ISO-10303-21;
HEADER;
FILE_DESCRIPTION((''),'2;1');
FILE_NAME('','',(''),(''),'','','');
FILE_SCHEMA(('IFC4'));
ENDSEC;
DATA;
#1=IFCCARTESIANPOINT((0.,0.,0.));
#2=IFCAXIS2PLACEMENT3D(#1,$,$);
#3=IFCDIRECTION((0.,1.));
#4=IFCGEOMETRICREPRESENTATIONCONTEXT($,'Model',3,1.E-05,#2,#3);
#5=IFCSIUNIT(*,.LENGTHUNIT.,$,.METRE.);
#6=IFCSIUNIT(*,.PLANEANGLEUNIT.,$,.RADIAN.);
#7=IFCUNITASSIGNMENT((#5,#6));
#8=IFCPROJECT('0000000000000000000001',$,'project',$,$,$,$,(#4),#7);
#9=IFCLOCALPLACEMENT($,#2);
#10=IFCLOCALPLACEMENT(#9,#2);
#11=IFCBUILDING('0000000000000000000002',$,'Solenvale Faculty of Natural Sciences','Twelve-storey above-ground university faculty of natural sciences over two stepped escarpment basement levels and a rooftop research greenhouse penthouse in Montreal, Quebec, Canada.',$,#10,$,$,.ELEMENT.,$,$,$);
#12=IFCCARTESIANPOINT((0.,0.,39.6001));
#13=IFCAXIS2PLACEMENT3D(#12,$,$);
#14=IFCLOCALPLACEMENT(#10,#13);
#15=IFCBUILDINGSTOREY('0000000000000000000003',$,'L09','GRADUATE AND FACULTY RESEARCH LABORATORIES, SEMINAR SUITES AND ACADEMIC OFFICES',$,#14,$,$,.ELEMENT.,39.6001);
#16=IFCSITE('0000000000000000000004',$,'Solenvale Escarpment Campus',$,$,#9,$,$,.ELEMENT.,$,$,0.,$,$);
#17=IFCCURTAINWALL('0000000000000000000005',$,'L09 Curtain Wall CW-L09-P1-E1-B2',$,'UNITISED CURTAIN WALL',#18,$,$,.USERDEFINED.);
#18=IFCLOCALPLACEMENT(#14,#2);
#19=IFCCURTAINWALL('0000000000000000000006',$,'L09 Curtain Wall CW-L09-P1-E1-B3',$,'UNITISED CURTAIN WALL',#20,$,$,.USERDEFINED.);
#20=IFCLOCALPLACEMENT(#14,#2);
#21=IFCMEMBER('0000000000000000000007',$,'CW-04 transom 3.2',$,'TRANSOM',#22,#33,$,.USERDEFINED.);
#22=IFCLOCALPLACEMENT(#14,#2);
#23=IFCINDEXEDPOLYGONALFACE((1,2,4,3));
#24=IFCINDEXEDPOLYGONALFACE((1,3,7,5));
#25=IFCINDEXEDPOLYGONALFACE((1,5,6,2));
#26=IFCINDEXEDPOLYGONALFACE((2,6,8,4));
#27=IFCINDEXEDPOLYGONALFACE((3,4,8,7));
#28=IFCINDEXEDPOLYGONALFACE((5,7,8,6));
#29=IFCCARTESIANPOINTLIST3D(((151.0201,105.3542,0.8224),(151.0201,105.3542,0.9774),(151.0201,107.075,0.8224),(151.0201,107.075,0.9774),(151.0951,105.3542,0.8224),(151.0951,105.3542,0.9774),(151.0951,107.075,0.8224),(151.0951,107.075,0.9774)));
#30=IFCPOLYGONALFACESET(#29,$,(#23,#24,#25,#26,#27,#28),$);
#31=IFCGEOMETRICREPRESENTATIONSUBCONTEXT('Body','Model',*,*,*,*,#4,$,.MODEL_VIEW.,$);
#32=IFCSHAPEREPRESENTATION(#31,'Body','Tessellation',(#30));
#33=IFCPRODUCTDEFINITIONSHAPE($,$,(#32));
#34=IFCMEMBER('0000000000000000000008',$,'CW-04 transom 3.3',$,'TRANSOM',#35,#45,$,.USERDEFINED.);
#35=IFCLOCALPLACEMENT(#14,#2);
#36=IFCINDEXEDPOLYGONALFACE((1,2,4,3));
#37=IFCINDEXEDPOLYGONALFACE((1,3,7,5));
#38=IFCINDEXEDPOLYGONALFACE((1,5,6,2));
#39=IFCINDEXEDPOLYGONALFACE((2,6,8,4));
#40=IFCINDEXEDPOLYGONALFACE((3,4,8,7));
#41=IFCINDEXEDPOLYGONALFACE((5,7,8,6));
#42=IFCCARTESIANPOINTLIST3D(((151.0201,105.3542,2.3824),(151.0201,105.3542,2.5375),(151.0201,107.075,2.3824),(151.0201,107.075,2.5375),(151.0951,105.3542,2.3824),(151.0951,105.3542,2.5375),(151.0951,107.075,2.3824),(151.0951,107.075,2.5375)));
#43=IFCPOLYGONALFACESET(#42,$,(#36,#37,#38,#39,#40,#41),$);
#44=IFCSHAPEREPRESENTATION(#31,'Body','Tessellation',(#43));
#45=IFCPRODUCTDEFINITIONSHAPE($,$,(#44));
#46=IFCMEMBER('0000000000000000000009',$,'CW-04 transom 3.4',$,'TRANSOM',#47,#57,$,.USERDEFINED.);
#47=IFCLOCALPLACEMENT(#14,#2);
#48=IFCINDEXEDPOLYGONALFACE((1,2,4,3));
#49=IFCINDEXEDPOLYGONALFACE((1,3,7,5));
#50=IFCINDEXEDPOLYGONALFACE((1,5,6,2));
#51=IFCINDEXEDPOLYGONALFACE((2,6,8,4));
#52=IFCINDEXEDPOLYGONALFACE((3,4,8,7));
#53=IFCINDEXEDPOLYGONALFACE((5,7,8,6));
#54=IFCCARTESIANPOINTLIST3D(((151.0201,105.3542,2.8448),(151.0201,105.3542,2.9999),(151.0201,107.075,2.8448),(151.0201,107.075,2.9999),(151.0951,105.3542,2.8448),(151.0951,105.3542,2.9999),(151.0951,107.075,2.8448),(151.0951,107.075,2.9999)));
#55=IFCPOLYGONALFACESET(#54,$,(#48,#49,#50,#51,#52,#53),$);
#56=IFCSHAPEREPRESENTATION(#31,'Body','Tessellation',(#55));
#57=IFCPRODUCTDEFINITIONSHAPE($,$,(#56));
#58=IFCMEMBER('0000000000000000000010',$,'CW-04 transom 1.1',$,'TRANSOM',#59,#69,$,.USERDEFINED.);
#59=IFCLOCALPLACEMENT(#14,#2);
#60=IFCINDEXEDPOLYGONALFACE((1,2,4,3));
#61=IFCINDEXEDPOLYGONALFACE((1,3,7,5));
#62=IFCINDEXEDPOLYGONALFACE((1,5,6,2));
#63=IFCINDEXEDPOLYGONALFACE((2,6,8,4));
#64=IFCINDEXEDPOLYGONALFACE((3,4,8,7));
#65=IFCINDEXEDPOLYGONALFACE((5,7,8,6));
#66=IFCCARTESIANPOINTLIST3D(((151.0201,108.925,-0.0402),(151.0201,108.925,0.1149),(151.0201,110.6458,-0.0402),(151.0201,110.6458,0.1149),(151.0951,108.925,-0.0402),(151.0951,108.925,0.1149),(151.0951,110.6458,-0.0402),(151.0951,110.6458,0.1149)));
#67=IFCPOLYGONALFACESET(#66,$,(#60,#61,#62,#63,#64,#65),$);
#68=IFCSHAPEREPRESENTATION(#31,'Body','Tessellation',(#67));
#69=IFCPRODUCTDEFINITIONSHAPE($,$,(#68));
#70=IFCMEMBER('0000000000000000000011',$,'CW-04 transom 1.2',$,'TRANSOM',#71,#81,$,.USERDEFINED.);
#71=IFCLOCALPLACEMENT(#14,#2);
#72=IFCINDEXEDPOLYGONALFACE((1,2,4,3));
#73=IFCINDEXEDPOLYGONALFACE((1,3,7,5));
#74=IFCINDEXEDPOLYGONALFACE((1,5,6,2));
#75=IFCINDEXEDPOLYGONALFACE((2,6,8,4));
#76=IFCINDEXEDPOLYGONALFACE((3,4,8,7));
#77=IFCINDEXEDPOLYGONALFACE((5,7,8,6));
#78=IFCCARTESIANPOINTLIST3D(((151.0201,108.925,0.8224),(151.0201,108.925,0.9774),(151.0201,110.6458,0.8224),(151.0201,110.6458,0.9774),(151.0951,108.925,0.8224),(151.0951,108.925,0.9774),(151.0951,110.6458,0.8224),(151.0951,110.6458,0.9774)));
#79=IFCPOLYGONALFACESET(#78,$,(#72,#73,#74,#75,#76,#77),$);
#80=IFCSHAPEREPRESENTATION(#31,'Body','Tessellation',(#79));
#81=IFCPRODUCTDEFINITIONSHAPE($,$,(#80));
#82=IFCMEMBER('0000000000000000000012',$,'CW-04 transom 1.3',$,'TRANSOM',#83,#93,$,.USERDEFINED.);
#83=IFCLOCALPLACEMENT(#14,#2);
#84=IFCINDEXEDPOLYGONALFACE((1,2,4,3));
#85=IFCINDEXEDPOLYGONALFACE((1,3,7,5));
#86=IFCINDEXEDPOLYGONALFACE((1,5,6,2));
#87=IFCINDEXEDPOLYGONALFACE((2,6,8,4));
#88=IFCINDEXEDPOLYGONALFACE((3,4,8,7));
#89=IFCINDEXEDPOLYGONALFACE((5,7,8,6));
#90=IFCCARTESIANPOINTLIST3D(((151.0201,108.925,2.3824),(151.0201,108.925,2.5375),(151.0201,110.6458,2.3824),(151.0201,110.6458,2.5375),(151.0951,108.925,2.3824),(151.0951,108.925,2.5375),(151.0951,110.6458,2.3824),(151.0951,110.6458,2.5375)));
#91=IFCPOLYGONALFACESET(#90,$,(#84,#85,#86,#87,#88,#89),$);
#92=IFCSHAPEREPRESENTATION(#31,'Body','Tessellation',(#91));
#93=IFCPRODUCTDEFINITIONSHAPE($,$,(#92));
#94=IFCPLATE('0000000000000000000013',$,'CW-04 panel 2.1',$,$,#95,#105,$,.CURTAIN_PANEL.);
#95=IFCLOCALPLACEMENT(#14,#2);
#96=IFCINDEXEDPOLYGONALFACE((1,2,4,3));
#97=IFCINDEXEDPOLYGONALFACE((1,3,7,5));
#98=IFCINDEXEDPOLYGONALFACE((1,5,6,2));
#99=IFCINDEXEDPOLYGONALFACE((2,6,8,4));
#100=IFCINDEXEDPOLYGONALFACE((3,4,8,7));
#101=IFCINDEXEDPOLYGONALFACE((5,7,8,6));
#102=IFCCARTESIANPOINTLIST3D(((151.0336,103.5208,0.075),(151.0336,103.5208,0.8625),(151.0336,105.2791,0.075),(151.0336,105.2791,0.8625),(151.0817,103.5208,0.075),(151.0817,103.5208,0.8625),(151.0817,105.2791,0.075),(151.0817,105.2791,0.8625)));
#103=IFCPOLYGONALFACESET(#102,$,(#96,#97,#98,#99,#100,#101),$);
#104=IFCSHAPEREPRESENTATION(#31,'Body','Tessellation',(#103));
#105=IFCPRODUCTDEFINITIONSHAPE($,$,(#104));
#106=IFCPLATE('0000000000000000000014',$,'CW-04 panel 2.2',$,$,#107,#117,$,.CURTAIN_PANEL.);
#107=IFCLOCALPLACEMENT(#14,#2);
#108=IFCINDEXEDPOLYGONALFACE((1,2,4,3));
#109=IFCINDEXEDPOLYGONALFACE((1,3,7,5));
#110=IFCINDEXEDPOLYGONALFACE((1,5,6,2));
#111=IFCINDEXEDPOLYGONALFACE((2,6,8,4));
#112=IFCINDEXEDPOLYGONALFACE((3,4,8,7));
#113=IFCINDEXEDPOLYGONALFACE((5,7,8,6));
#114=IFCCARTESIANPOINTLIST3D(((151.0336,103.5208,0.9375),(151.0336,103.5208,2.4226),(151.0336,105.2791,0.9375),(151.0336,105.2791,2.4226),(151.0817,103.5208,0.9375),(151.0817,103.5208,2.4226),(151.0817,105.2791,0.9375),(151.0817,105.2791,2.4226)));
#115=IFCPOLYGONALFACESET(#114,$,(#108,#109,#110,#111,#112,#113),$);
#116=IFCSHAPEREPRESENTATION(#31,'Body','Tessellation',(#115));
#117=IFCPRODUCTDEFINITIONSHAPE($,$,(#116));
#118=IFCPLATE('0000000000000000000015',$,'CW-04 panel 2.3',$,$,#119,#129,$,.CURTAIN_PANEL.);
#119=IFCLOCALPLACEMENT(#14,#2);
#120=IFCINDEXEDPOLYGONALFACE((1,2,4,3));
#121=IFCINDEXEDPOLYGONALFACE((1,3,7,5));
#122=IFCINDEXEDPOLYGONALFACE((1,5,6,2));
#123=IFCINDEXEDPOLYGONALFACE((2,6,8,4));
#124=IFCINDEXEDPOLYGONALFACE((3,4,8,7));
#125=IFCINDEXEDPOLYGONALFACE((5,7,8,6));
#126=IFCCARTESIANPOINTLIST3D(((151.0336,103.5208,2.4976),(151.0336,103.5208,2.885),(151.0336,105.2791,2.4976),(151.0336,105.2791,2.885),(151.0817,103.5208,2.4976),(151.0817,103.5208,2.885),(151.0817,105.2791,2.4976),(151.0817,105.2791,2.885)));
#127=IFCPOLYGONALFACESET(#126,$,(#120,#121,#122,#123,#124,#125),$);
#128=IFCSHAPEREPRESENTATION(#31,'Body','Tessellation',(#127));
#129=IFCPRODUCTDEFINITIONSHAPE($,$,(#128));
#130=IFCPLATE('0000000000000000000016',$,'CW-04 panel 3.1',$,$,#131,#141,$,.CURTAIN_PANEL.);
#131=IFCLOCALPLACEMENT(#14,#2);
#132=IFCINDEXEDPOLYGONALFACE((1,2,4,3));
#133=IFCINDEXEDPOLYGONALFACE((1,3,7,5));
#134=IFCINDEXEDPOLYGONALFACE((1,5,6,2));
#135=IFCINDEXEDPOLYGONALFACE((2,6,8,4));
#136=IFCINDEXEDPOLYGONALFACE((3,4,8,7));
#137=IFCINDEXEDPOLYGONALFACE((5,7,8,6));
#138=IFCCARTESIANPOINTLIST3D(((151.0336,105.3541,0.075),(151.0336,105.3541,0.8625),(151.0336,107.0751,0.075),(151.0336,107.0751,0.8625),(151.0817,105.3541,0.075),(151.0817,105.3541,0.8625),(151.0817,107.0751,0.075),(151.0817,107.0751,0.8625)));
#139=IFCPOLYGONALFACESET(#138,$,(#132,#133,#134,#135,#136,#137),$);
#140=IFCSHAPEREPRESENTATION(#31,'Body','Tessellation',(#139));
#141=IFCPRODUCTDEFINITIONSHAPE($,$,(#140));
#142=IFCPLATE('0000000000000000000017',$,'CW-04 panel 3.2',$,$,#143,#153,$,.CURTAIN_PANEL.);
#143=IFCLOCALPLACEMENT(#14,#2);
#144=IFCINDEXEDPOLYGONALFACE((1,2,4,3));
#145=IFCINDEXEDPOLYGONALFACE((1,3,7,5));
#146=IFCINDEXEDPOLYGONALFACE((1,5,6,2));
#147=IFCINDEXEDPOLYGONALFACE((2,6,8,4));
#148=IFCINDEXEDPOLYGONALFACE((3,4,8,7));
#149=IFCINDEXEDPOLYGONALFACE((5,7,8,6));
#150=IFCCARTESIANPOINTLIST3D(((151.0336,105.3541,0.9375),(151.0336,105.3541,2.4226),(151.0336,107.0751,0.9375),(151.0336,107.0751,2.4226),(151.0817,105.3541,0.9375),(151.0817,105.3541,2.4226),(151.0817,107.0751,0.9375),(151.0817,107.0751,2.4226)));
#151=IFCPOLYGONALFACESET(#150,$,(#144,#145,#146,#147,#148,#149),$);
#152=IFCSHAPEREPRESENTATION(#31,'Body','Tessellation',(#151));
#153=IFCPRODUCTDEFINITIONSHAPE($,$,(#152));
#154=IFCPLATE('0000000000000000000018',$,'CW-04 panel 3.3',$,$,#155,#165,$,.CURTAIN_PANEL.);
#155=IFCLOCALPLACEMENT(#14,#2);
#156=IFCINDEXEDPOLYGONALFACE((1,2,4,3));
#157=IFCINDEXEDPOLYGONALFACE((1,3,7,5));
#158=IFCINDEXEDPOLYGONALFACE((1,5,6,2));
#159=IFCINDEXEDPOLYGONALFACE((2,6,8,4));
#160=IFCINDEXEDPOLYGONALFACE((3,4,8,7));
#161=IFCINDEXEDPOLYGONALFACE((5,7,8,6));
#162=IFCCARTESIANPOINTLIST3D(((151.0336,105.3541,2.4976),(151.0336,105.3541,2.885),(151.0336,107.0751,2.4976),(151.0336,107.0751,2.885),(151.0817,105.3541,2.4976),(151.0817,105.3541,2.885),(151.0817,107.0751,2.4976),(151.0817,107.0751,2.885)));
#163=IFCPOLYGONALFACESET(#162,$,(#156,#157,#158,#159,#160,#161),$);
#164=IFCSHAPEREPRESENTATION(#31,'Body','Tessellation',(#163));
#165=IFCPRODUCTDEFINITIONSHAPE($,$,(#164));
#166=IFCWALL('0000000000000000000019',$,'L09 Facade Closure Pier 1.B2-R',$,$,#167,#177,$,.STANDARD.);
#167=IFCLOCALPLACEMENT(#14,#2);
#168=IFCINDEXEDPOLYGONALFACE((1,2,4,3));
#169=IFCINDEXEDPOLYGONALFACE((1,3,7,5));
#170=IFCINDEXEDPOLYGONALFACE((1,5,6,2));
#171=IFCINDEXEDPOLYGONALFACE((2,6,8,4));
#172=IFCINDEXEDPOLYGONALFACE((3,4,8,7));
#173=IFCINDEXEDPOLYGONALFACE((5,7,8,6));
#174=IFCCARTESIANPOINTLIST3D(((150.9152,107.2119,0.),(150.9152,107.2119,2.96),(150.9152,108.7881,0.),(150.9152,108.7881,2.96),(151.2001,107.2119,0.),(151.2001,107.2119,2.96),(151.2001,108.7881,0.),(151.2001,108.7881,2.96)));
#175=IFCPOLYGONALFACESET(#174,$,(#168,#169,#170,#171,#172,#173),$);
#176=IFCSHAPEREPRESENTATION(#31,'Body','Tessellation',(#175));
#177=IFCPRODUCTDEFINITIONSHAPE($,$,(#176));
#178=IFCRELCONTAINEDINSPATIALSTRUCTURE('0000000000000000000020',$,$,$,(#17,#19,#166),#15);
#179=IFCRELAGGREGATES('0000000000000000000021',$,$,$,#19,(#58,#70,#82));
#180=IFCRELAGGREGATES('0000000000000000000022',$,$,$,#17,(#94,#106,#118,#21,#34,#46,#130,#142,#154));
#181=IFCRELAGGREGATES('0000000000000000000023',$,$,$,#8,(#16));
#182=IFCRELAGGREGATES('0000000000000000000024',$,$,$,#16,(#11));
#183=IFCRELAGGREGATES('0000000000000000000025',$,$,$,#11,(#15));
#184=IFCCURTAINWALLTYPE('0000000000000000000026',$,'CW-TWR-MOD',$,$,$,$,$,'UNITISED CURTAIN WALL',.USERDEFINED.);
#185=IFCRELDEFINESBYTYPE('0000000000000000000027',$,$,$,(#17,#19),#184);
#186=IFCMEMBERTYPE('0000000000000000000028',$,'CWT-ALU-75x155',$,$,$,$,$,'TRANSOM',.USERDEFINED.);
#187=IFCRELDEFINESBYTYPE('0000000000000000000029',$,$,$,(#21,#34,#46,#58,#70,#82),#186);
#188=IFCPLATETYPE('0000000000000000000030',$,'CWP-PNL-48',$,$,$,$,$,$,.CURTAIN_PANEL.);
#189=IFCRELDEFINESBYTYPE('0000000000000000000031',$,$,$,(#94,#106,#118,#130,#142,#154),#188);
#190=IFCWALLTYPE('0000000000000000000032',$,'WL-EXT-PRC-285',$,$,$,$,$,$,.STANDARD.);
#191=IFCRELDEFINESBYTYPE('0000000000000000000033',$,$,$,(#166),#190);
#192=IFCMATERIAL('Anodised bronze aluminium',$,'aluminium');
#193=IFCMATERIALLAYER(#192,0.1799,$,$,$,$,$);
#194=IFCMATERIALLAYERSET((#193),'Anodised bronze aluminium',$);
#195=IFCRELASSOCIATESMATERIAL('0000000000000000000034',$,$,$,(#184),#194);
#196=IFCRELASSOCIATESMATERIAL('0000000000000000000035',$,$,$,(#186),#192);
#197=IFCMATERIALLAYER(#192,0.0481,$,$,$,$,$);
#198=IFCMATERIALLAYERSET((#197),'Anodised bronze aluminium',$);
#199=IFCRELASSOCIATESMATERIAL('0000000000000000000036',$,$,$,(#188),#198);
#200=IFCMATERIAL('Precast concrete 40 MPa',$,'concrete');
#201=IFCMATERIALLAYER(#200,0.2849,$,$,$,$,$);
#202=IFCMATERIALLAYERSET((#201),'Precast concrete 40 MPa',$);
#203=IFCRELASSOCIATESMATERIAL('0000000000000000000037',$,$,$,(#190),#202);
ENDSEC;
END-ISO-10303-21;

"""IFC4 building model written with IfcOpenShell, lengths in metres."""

from ifc_helpers import new_model, si_unit, direction, frame, frame_2d, origin, origin_2d, place, context, subcontext, project, spatial, rectangle, extrude, material, layer, layer_set, material_profile, profile_set, type_object, element, aggregate, save


model = new_model("IFC4")

# Units and contexts
model_context = context("Model", 3, precision=1e-05, world=origin(), true_north=direction((0.0, 1.0)))
body_context = subcontext(model_context, "Body", "Model", "MODEL_VIEW")
ifc_project = project(units=[si_unit("LENGTHUNIT", "METRE"), si_unit("PLANEANGLEUNIT", "RADIAN")], contexts=[model_context])

# Site, building, storey
site_placement = place(None, origin())
site = spatial("IfcSite", under=ifc_project, at=site_placement, Name="Solenvale Escarpment Campus", CompositionType="ELEMENT", RefElevation=0.0)
building_placement = place(site_placement, origin())
building = spatial("IfcBuilding", under=site, at=building_placement, Name="Solenvale Faculty of Natural Sciences", Description="Twelve-storey above-ground university faculty of natural sciences over two stepped escarpment basement levels and a rooftop research greenhouse penthouse in Montreal, Quebec, Canada.", CompositionType="ELEMENT")
storey_placement = place(building_placement, frame((0.0, 0.0, 39.6001)))
storey = spatial("IfcBuildingStorey", under=building, at=storey_placement, Name="L09", Description="GRADUATE AND FACULTY RESEARCH LABORATORIES, SEMINAR SUITES AND ACADEMIC OFFICES", CompositionType="ELEMENT", Elevation=39.6001)

# Curtain wall
ifc_material_1 = material(Name="Anodised bronze aluminium", Category="aluminium")
ifc_layer_1 = layer(ifc_material_1, 0.1799)
ifc_layer_set_1 = layer_set([ifc_layer_1], Name="Anodised bronze aluminium")
curtain_wall_type = type_object("IfcCurtainWallType", Name="CW-TWR-MOD", ElementType="UNITISED CURTAIN WALL", PredefinedType="USERDEFINED", material=ifc_layer_set_1)
curtain_wall_1_placement = place(storey_placement, origin())
curtain_wall_1 = element("IfcCurtainWall", 1, at=curtain_wall_1_placement, inside=storey, type_object=curtain_wall_type, Name="L09 Curtain Wall CW-L09-P1-E1-B2", ObjectType="UNITISED CURTAIN WALL", PredefinedType="USERDEFINED")

# Curtain wall
curtain_wall_2_placement = place(storey_placement, origin())
curtain_wall_2 = element("IfcCurtainWall", 2, at=curtain_wall_2_placement, inside=storey, type_object=curtain_wall_type, Name="L09 Curtain Wall CW-L09-P1-E1-B3", ObjectType="UNITISED CURTAIN WALL", PredefinedType="USERDEFINED")

# Members
ifc_material_profile_1 = material_profile(ifc_material_1, rectangle(XDim=0.075, YDim=0.155, at=origin_2d()), Name="ALU-TRN-75x155")
ifc_profile_set_1 = profile_set([ifc_material_profile_1], Name="Anodised bronze aluminium")
member_type_1 = type_object("IfcMemberType", Name="CWT-ALU-75x155", ElementType="TRANSOM", PredefinedType="USERDEFINED", material=ifc_profile_set_1)
member_1_placement = place(storey_placement, frame((151.0576, 105.3542, 0.8999), z_axis=(0.0, 1.0, 0.0), x_axis=(-1.0, 0.0, 0.0)))
member_1 = element("IfcMember", 3, at=member_1_placement, type_object=member_type_1, Name="CW-04 transom 3.2", ObjectType="TRANSOM", PredefinedType="USERDEFINED", context=body_context, shape_type="SweptSolid", body=[
    extrude(rectangle(XDim=0.075, YDim=0.155, at=origin_2d()), origin(), (0.0, 0.0, 1.0), 1.7207),
])
member_2_placement = place(storey_placement, frame((151.0576, 105.3542, 2.46), z_axis=(0.0, 1.0, 0.0), x_axis=(-1.0, 0.0, 0.0)))
member_2 = element("IfcMember", 4, at=member_2_placement, type_object=member_type_1, Name="CW-04 transom 3.3", ObjectType="TRANSOM", PredefinedType="USERDEFINED", context=body_context, shape_type="SweptSolid", body=[
    extrude(rectangle(XDim=0.075, YDim=0.155, at=origin_2d()), origin(), (0.0, 0.0, 1.0), 1.7207),
])
member_3_placement = place(storey_placement, frame((151.0576, 105.3542, 2.9224), z_axis=(0.0, 1.0, 0.0), x_axis=(-1.0, 0.0, 0.0)))
member_3 = element("IfcMember", 5, at=member_3_placement, type_object=member_type_1, Name="CW-04 transom 3.4", ObjectType="TRANSOM", PredefinedType="USERDEFINED", context=body_context, shape_type="SweptSolid", body=[
    extrude(rectangle(XDim=0.075, YDim=0.155, at=origin_2d()), origin(), (0.0, 0.0, 1.0), 1.7207),
])
member_4_placement = place(storey_placement, frame((151.0576, 108.925, 0.0374), z_axis=(0.0, 1.0, 0.0), x_axis=(-1.0, 0.0, 0.0)))
member_4 = element("IfcMember", 6, at=member_4_placement, type_object=member_type_1, Name="CW-04 transom 1.1", ObjectType="TRANSOM", PredefinedType="USERDEFINED", context=body_context, shape_type="SweptSolid", body=[
    extrude(rectangle(XDim=0.075, YDim=0.155, at=origin_2d()), origin(), (0.0, 0.0, 1.0), 1.7207),
])
member_5_placement = place(storey_placement, frame((151.0576, 108.925, 0.8999), z_axis=(0.0, 1.0, 0.0), x_axis=(-1.0, 0.0, 0.0)))
member_5 = element("IfcMember", 7, at=member_5_placement, type_object=member_type_1, Name="CW-04 transom 1.2", ObjectType="TRANSOM", PredefinedType="USERDEFINED", context=body_context, shape_type="SweptSolid", body=[
    extrude(rectangle(XDim=0.075, YDim=0.155, at=origin_2d()), origin(), (0.0, 0.0, 1.0), 1.7207),
])
member_6_placement = place(storey_placement, frame((151.0576, 108.925, 2.46), z_axis=(0.0, 1.0, 0.0), x_axis=(-1.0, 0.0, 0.0)))
member_6 = element("IfcMember", 8, at=member_6_placement, type_object=member_type_1, Name="CW-04 transom 1.3", ObjectType="TRANSOM", PredefinedType="USERDEFINED", context=body_context, shape_type="SweptSolid", body=[
    extrude(rectangle(XDim=0.075, YDim=0.155, at=origin_2d()), origin(), (0.0, 0.0, 1.0), 1.7207),
])
aggregate(curtain_wall_2, [member_4, member_5, member_6])

# Plates
ifc_layer_2 = layer(ifc_material_1, 0.0481)
ifc_layer_set_2 = layer_set([ifc_layer_2], Name="Anodised bronze aluminium")
plate_type = type_object("IfcPlateType", Name="CWP-PNL-48", PredefinedType="CURTAIN_PANEL", material=ifc_layer_set_2)
plate_1_placement = place(storey_placement, frame((151.0576, 104.3999, 0.075), z_axis=(0.0, 0.0, 1.0), x_axis=(0.0, 1.0, 0.0)))
plate_1 = element("IfcPlate", 9, at=plate_1_placement, type_object=plate_type, Name="CW-04 panel 2.1", PredefinedType="CURTAIN_PANEL", context=body_context, shape_type="SweptSolid", body=[
    extrude(rectangle(XDim=1.7583, YDim=0.0481, at=origin_2d()), origin(), (0.0, 0.0, 1.0), 0.7876),
])
plate_2_placement = place(storey_placement, frame((151.0576, 104.3999, 0.9375), z_axis=(0.0, 0.0, 1.0), x_axis=(0.0, 1.0, 0.0)))
plate_2 = element("IfcPlate", 10, at=plate_2_placement, type_object=plate_type, Name="CW-04 panel 2.2", PredefinedType="CURTAIN_PANEL", context=body_context, shape_type="SweptSolid", body=[
    extrude(rectangle(XDim=1.7583, YDim=0.0481, at=origin_2d()), origin(), (0.0, 0.0, 1.0), 1.4851),
])
plate_3_placement = place(storey_placement, frame((151.0576, 104.3999, 2.4976), z_axis=(0.0, 0.0, 1.0), x_axis=(0.0, 1.0, 0.0)))
plate_3 = element("IfcPlate", 11, at=plate_3_placement, type_object=plate_type, Name="CW-04 panel 2.3", PredefinedType="CURTAIN_PANEL", context=body_context, shape_type="SweptSolid", body=[
    extrude(rectangle(XDim=1.7583, YDim=0.0481, at=origin_2d()), origin(), (0.0, 0.0, 1.0), 0.3875),
])
plate_4_placement = place(storey_placement, frame((151.0576, 106.2146, 0.075), z_axis=(0.0, 0.0, 1.0), x_axis=(0.0, 1.0, 0.0)))
plate_4 = element("IfcPlate", 12, at=plate_4_placement, type_object=plate_type, Name="CW-04 panel 3.1", PredefinedType="CURTAIN_PANEL", context=body_context, shape_type="SweptSolid", body=[
    extrude(rectangle(XDim=1.7209, YDim=0.0481, at=origin_2d()), origin(), (0.0, 0.0, 1.0), 0.7876),
])
plate_5_placement = place(storey_placement, frame((151.0576, 106.2146, 0.9375), z_axis=(0.0, 0.0, 1.0), x_axis=(0.0, 1.0, 0.0)))
plate_5 = element("IfcPlate", 13, at=plate_5_placement, type_object=plate_type, Name="CW-04 panel 3.2", PredefinedType="CURTAIN_PANEL", context=body_context, shape_type="SweptSolid", body=[
    extrude(rectangle(XDim=1.7209, YDim=0.0481, at=origin_2d()), origin(), (0.0, 0.0, 1.0), 1.4851),
])
plate_6_placement = place(storey_placement, frame((151.0576, 106.2146, 2.4976), z_axis=(0.0, 0.0, 1.0), x_axis=(0.0, 1.0, 0.0)))
plate_6 = element("IfcPlate", 14, at=plate_6_placement, type_object=plate_type, Name="CW-04 panel 3.3", PredefinedType="CURTAIN_PANEL", context=body_context, shape_type="SweptSolid", body=[
    extrude(rectangle(XDim=1.7209, YDim=0.0481, at=origin_2d()), origin(), (0.0, 0.0, 1.0), 0.3875),
])
aggregate(curtain_wall_1, [plate_1, plate_2, plate_3, member_1, member_2, member_3, plate_4, plate_5, plate_6])

# Wall
ifc_material_2 = material(Name="Precast concrete 40 MPa", Category="concrete")
ifc_layer_3 = layer(ifc_material_2, 0.2849)
ifc_layer_set_3 = layer_set([ifc_layer_3], Name="Precast concrete 40 MPa")
wall_type_1 = type_object("IfcWallType", Name="WL-EXT-PRC-285", PredefinedType="STANDARD", material=ifc_layer_set_3)
wall_1_placement = place(storey_placement, frame((151.0576, 107.2119, 0.0), z_axis=(0.0, 0.0, 1.0), x_axis=(0.0, 1.0, 0.0)))
element("IfcWall", 15, at=wall_1_placement, inside=storey, type_object=wall_type_1, Name="L09 Facade Closure Pier 1.B2-R", PredefinedType="STANDARD", context=body_context, shape_type="SweptSolid", body=[
    extrude(rectangle(XDim=1.5762, YDim=0.2849, at=frame_2d((0.7881, 0.0))), origin(), (0.0, 0.0, 1.0), 2.96),
])

save(model, "model.ifc")
